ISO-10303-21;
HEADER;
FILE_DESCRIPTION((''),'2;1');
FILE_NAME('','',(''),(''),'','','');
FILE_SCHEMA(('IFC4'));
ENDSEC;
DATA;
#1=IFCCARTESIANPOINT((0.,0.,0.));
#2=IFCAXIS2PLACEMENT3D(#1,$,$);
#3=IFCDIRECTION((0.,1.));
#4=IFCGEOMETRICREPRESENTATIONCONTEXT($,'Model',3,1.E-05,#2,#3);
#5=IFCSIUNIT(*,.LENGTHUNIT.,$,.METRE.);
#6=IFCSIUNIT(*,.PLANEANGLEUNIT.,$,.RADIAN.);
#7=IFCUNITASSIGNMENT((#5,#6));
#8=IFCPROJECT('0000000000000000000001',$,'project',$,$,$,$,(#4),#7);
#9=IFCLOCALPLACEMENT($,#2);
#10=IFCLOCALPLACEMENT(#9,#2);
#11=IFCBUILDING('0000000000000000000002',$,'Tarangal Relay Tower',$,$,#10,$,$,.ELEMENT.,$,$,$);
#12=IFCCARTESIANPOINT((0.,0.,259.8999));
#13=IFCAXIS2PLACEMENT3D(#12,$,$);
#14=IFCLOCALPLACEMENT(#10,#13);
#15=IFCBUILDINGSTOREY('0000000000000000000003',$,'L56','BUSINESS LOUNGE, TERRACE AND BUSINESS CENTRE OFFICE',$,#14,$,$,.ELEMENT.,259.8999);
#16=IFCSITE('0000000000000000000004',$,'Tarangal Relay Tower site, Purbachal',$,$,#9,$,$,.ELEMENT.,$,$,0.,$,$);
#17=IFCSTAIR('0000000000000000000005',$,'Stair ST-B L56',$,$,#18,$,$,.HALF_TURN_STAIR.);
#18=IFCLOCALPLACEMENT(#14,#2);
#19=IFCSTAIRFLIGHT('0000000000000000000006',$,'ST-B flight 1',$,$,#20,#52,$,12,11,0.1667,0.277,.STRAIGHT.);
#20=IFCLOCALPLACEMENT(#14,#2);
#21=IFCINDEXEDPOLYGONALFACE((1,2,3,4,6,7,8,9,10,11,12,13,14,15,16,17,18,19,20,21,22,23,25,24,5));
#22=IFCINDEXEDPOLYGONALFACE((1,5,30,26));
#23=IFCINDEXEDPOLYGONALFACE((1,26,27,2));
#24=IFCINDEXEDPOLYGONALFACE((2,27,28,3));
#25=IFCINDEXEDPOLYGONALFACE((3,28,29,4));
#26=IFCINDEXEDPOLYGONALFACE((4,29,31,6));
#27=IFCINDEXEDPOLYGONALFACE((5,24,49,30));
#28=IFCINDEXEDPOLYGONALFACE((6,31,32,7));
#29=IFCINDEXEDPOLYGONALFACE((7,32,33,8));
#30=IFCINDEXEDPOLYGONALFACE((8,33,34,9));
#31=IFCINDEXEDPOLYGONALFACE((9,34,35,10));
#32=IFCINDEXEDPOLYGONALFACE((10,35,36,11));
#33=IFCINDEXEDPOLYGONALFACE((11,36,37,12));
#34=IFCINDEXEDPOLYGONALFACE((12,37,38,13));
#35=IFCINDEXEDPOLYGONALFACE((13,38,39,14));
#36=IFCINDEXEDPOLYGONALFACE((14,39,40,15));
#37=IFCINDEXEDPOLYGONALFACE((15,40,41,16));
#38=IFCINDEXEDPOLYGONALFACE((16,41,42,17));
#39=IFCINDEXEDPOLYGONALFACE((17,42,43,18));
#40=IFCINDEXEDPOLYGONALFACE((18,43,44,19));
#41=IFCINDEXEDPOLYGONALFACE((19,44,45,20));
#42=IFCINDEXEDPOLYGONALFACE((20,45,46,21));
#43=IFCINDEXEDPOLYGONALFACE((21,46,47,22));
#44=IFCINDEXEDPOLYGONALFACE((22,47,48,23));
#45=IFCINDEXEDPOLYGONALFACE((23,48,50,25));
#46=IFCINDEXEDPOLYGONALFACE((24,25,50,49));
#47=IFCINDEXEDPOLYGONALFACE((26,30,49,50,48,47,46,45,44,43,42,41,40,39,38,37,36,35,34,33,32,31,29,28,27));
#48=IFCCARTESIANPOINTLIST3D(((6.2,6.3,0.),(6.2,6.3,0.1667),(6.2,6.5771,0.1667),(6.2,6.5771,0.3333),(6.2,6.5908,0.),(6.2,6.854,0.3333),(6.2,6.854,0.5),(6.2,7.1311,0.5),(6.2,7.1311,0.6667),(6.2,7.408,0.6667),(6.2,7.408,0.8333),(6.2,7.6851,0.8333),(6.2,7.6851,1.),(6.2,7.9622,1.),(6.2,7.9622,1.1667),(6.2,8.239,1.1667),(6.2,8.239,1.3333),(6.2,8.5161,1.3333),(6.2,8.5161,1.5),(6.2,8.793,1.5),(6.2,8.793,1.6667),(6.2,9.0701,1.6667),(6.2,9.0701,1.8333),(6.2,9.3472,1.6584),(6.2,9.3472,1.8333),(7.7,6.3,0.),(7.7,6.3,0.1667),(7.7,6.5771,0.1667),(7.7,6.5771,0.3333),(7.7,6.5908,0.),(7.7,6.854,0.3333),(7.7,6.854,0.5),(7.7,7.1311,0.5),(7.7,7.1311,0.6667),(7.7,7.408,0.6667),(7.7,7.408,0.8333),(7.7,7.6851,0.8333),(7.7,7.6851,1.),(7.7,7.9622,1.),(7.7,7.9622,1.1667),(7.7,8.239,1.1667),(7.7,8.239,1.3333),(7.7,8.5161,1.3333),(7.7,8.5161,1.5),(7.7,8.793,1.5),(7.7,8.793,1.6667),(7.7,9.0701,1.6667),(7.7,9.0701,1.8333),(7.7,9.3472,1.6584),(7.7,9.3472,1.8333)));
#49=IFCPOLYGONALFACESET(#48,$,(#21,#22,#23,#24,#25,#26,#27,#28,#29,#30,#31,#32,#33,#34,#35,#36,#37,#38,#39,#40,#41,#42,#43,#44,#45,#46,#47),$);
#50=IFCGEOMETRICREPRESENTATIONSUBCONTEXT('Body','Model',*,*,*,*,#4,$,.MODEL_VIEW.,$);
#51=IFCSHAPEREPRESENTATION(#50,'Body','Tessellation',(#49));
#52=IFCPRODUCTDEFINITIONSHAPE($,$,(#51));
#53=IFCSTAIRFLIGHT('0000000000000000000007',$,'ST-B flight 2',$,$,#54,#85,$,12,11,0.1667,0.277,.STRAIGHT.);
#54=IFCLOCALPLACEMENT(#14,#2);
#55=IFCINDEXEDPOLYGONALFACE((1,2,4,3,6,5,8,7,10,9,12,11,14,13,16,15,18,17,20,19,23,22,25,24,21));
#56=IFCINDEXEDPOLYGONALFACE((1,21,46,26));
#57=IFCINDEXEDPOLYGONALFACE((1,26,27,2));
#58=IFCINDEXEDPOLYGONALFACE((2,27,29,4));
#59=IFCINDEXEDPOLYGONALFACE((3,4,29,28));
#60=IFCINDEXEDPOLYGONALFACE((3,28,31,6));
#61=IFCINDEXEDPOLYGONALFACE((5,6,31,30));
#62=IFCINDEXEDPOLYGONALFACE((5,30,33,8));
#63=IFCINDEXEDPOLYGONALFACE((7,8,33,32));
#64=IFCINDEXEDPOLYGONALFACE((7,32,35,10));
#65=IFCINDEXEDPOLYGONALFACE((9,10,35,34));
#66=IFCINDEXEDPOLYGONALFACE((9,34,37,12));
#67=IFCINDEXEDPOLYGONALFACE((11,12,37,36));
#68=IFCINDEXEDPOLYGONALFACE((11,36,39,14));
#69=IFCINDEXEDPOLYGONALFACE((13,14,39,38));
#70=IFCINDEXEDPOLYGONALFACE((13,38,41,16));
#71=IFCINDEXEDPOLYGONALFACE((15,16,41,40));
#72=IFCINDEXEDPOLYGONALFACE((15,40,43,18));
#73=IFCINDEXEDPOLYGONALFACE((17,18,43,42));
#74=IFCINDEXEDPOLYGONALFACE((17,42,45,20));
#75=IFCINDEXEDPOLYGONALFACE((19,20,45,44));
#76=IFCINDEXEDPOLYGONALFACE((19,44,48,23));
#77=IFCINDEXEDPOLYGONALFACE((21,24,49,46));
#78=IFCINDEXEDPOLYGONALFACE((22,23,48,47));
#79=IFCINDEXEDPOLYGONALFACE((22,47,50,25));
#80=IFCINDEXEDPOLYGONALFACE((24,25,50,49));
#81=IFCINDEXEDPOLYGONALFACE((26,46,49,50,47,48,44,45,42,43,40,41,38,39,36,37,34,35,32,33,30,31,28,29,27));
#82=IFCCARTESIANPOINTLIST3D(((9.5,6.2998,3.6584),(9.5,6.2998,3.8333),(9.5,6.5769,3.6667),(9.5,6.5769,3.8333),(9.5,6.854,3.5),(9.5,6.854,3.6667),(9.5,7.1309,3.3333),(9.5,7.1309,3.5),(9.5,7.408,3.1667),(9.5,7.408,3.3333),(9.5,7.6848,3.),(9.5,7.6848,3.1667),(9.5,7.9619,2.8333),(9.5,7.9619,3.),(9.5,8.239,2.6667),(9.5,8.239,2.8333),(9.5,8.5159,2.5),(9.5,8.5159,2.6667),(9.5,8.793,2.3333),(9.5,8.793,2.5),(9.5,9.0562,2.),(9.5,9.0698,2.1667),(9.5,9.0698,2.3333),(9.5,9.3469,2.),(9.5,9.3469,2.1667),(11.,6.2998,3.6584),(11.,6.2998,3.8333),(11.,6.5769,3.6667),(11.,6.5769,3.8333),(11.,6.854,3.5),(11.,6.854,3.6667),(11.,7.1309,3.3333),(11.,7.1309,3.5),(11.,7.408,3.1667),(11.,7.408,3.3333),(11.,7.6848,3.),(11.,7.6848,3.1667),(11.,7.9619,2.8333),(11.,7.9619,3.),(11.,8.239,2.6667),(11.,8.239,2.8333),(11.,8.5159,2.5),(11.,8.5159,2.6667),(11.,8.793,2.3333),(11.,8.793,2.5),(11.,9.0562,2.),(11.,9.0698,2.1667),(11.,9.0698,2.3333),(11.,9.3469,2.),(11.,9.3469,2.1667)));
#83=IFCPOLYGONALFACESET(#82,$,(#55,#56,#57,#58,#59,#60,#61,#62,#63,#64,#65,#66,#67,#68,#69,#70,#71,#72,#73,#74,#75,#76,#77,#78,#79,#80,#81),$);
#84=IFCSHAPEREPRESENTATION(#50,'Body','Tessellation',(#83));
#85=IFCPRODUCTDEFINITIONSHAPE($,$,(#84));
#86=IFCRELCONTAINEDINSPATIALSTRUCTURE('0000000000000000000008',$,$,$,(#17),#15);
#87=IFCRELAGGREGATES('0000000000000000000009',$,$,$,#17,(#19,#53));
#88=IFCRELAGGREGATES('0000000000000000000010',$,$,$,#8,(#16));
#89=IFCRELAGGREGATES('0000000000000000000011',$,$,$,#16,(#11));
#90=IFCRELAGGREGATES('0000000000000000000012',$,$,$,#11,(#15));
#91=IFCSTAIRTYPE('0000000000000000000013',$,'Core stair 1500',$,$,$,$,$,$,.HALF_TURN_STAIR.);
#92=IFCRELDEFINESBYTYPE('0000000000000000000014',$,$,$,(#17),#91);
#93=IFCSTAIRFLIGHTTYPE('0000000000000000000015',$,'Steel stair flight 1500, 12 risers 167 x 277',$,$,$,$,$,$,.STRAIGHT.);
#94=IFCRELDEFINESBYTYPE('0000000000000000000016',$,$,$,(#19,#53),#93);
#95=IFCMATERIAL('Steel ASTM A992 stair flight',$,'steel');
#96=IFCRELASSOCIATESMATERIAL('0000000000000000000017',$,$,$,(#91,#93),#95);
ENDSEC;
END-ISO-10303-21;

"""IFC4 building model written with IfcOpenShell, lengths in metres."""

from ifc_helpers import new_model, si_unit, direction, frame, origin, place, context, subcontext, project, spatial, polyline, outline, extrude, material, type_object, element, aggregate, save


model = new_model("IFC4")

# Units and contexts
model_context = context("Model", 3, precision=1e-05, world=origin(), true_north=direction((0.0, 1.0)))
body_context = subcontext(model_context, "Body", "Model", "MODEL_VIEW")
ifc_project = project(units=[si_unit("LENGTHUNIT", "METRE"), si_unit("PLANEANGLEUNIT", "RADIAN")], contexts=[model_context])

# Site, building, storey
site_placement = place(None, origin())
site = spatial("IfcSite", under=ifc_project, at=site_placement, Name="Tarangal Relay Tower site, Purbachal", CompositionType="ELEMENT", RefElevation=0.0)
building_placement = place(site_placement, origin())
building = spatial("IfcBuilding", under=site, at=building_placement, Name="Tarangal Relay Tower", CompositionType="ELEMENT")
storey_placement = place(building_placement, frame((0.0, 0.0, 259.8999)))
storey = spatial("IfcBuildingStorey", under=building, at=storey_placement, Name="L56", Description="BUSINESS LOUNGE, TERRACE AND BUSINESS CENTRE OFFICE", CompositionType="ELEMENT", Elevation=259.8999)

# Stair
ifc_material_1 = material(Name="Steel ASTM A992 stair flight", Category="steel")
stair_type = type_object("IfcStairType", Name="Core stair 1500", PredefinedType="HALF_TURN_STAIR", material=ifc_material_1)
stair_1_placement = place(storey_placement, origin())
stair_1 = element("IfcStair", 1, at=stair_1_placement, inside=storey, type_object=stair_type, Name="Stair ST-B L56", PredefinedType="HALF_TURN_STAIR")

# Stair flights
stair_flight_type = type_object("IfcStairFlightType", Name="Steel stair flight 1500, 12 risers 167 x 277", PredefinedType="STRAIGHT", material=ifc_material_1)
stair_flight_1_placement = place(storey_placement, frame((6.95, 6.3, 0.0), z_axis=(0.0, 0.0, 1.0), x_axis=(0.0, 1.0, 0.0)))
stair_flight_1 = element("IfcStairFlight", 2, at=stair_flight_1_placement, type_object=stair_flight_type, Name="ST-B flight 1", NumberOfRisers=12, NumberOfTreads=11, PredefinedType="STRAIGHT", RiserHeight=0.1667, TreadLength=0.277, context=body_context, shape_type="SweptSolid", body=[
    extrude(outline(polyline([(0.0, 0.0), (0.0, 0.1667), (0.2771, 0.1667), (0.2771, 0.3333), (0.554, 0.3333), (0.554, 0.5), (0.8311, 0.5), (0.8311, 0.6667), (1.1079, 0.6667), (1.1079, 0.8333), (1.385, 0.8333), (1.385, 1.0), (1.6621, 1.0), (1.6621, 1.1667), (1.939, 1.1667), (1.939, 1.3333), (2.2161, 1.3333), (2.2161, 1.5), (2.4929, 1.5), (2.4929, 1.6667), (2.77, 1.6667), (2.77, 1.8333), (3.0471, 1.8333), (3.0471, 2.0), (3.0471, 1.6584), (0.2908, 0.0), (0.0, 0.0)])), frame((0.0, 0.75, 0.0), z_axis=(0.0, -1.0, 0.0), x_axis=(1.0, 0.0, 0.0)), (0.0, 0.0, 1.0), 1.5),
])
stair_flight_2_placement = place(storey_placement, frame((10.25, 9.3469, 2.0), z_axis=(0.0, 0.0, 1.0), x_axis=(0.0, -1.0, 0.0)))
stair_flight_2 = element("IfcStairFlight", 3, at=stair_flight_2_placement, type_object=stair_flight_type, Name="ST-B flight 2", NumberOfRisers=12, NumberOfTreads=11, PredefinedType="STRAIGHT", RiserHeight=0.1667, TreadLength=0.277, context=body_context, shape_type="SweptSolid", body=[
    extrude(outline(polyline([(0.0, 0.0), (0.0, 0.1667), (0.2771, 0.1667), (0.2771, 0.3333), (0.554, 0.3333), (0.554, 0.5), (0.8311, 0.5), (0.8311, 0.6667), (1.1079, 0.6667), (1.1079, 0.8333), (1.385, 0.8333), (1.385, 1.0), (1.6621, 1.0), (1.6621, 1.1667), (1.939, 1.1667), (1.939, 1.3333), (2.2161, 1.3333), (2.2161, 1.5), (2.4929, 1.5), (2.4929, 1.6667), (2.77, 1.6667), (2.77, 1.8333), (3.0471, 1.8333), (3.0471, 2.0), (3.0471, 1.6584), (0.2908, 0.0), (0.0, 0.0)])), frame((0.0, 0.75, 0.0), z_axis=(0.0, -1.0, 0.0), x_axis=(1.0, 0.0, 0.0)), (0.0, 0.0, 1.0), 1.5),
])
aggregate(stair_1, [stair_flight_1, stair_flight_2])

save(model, "model.ifc")
